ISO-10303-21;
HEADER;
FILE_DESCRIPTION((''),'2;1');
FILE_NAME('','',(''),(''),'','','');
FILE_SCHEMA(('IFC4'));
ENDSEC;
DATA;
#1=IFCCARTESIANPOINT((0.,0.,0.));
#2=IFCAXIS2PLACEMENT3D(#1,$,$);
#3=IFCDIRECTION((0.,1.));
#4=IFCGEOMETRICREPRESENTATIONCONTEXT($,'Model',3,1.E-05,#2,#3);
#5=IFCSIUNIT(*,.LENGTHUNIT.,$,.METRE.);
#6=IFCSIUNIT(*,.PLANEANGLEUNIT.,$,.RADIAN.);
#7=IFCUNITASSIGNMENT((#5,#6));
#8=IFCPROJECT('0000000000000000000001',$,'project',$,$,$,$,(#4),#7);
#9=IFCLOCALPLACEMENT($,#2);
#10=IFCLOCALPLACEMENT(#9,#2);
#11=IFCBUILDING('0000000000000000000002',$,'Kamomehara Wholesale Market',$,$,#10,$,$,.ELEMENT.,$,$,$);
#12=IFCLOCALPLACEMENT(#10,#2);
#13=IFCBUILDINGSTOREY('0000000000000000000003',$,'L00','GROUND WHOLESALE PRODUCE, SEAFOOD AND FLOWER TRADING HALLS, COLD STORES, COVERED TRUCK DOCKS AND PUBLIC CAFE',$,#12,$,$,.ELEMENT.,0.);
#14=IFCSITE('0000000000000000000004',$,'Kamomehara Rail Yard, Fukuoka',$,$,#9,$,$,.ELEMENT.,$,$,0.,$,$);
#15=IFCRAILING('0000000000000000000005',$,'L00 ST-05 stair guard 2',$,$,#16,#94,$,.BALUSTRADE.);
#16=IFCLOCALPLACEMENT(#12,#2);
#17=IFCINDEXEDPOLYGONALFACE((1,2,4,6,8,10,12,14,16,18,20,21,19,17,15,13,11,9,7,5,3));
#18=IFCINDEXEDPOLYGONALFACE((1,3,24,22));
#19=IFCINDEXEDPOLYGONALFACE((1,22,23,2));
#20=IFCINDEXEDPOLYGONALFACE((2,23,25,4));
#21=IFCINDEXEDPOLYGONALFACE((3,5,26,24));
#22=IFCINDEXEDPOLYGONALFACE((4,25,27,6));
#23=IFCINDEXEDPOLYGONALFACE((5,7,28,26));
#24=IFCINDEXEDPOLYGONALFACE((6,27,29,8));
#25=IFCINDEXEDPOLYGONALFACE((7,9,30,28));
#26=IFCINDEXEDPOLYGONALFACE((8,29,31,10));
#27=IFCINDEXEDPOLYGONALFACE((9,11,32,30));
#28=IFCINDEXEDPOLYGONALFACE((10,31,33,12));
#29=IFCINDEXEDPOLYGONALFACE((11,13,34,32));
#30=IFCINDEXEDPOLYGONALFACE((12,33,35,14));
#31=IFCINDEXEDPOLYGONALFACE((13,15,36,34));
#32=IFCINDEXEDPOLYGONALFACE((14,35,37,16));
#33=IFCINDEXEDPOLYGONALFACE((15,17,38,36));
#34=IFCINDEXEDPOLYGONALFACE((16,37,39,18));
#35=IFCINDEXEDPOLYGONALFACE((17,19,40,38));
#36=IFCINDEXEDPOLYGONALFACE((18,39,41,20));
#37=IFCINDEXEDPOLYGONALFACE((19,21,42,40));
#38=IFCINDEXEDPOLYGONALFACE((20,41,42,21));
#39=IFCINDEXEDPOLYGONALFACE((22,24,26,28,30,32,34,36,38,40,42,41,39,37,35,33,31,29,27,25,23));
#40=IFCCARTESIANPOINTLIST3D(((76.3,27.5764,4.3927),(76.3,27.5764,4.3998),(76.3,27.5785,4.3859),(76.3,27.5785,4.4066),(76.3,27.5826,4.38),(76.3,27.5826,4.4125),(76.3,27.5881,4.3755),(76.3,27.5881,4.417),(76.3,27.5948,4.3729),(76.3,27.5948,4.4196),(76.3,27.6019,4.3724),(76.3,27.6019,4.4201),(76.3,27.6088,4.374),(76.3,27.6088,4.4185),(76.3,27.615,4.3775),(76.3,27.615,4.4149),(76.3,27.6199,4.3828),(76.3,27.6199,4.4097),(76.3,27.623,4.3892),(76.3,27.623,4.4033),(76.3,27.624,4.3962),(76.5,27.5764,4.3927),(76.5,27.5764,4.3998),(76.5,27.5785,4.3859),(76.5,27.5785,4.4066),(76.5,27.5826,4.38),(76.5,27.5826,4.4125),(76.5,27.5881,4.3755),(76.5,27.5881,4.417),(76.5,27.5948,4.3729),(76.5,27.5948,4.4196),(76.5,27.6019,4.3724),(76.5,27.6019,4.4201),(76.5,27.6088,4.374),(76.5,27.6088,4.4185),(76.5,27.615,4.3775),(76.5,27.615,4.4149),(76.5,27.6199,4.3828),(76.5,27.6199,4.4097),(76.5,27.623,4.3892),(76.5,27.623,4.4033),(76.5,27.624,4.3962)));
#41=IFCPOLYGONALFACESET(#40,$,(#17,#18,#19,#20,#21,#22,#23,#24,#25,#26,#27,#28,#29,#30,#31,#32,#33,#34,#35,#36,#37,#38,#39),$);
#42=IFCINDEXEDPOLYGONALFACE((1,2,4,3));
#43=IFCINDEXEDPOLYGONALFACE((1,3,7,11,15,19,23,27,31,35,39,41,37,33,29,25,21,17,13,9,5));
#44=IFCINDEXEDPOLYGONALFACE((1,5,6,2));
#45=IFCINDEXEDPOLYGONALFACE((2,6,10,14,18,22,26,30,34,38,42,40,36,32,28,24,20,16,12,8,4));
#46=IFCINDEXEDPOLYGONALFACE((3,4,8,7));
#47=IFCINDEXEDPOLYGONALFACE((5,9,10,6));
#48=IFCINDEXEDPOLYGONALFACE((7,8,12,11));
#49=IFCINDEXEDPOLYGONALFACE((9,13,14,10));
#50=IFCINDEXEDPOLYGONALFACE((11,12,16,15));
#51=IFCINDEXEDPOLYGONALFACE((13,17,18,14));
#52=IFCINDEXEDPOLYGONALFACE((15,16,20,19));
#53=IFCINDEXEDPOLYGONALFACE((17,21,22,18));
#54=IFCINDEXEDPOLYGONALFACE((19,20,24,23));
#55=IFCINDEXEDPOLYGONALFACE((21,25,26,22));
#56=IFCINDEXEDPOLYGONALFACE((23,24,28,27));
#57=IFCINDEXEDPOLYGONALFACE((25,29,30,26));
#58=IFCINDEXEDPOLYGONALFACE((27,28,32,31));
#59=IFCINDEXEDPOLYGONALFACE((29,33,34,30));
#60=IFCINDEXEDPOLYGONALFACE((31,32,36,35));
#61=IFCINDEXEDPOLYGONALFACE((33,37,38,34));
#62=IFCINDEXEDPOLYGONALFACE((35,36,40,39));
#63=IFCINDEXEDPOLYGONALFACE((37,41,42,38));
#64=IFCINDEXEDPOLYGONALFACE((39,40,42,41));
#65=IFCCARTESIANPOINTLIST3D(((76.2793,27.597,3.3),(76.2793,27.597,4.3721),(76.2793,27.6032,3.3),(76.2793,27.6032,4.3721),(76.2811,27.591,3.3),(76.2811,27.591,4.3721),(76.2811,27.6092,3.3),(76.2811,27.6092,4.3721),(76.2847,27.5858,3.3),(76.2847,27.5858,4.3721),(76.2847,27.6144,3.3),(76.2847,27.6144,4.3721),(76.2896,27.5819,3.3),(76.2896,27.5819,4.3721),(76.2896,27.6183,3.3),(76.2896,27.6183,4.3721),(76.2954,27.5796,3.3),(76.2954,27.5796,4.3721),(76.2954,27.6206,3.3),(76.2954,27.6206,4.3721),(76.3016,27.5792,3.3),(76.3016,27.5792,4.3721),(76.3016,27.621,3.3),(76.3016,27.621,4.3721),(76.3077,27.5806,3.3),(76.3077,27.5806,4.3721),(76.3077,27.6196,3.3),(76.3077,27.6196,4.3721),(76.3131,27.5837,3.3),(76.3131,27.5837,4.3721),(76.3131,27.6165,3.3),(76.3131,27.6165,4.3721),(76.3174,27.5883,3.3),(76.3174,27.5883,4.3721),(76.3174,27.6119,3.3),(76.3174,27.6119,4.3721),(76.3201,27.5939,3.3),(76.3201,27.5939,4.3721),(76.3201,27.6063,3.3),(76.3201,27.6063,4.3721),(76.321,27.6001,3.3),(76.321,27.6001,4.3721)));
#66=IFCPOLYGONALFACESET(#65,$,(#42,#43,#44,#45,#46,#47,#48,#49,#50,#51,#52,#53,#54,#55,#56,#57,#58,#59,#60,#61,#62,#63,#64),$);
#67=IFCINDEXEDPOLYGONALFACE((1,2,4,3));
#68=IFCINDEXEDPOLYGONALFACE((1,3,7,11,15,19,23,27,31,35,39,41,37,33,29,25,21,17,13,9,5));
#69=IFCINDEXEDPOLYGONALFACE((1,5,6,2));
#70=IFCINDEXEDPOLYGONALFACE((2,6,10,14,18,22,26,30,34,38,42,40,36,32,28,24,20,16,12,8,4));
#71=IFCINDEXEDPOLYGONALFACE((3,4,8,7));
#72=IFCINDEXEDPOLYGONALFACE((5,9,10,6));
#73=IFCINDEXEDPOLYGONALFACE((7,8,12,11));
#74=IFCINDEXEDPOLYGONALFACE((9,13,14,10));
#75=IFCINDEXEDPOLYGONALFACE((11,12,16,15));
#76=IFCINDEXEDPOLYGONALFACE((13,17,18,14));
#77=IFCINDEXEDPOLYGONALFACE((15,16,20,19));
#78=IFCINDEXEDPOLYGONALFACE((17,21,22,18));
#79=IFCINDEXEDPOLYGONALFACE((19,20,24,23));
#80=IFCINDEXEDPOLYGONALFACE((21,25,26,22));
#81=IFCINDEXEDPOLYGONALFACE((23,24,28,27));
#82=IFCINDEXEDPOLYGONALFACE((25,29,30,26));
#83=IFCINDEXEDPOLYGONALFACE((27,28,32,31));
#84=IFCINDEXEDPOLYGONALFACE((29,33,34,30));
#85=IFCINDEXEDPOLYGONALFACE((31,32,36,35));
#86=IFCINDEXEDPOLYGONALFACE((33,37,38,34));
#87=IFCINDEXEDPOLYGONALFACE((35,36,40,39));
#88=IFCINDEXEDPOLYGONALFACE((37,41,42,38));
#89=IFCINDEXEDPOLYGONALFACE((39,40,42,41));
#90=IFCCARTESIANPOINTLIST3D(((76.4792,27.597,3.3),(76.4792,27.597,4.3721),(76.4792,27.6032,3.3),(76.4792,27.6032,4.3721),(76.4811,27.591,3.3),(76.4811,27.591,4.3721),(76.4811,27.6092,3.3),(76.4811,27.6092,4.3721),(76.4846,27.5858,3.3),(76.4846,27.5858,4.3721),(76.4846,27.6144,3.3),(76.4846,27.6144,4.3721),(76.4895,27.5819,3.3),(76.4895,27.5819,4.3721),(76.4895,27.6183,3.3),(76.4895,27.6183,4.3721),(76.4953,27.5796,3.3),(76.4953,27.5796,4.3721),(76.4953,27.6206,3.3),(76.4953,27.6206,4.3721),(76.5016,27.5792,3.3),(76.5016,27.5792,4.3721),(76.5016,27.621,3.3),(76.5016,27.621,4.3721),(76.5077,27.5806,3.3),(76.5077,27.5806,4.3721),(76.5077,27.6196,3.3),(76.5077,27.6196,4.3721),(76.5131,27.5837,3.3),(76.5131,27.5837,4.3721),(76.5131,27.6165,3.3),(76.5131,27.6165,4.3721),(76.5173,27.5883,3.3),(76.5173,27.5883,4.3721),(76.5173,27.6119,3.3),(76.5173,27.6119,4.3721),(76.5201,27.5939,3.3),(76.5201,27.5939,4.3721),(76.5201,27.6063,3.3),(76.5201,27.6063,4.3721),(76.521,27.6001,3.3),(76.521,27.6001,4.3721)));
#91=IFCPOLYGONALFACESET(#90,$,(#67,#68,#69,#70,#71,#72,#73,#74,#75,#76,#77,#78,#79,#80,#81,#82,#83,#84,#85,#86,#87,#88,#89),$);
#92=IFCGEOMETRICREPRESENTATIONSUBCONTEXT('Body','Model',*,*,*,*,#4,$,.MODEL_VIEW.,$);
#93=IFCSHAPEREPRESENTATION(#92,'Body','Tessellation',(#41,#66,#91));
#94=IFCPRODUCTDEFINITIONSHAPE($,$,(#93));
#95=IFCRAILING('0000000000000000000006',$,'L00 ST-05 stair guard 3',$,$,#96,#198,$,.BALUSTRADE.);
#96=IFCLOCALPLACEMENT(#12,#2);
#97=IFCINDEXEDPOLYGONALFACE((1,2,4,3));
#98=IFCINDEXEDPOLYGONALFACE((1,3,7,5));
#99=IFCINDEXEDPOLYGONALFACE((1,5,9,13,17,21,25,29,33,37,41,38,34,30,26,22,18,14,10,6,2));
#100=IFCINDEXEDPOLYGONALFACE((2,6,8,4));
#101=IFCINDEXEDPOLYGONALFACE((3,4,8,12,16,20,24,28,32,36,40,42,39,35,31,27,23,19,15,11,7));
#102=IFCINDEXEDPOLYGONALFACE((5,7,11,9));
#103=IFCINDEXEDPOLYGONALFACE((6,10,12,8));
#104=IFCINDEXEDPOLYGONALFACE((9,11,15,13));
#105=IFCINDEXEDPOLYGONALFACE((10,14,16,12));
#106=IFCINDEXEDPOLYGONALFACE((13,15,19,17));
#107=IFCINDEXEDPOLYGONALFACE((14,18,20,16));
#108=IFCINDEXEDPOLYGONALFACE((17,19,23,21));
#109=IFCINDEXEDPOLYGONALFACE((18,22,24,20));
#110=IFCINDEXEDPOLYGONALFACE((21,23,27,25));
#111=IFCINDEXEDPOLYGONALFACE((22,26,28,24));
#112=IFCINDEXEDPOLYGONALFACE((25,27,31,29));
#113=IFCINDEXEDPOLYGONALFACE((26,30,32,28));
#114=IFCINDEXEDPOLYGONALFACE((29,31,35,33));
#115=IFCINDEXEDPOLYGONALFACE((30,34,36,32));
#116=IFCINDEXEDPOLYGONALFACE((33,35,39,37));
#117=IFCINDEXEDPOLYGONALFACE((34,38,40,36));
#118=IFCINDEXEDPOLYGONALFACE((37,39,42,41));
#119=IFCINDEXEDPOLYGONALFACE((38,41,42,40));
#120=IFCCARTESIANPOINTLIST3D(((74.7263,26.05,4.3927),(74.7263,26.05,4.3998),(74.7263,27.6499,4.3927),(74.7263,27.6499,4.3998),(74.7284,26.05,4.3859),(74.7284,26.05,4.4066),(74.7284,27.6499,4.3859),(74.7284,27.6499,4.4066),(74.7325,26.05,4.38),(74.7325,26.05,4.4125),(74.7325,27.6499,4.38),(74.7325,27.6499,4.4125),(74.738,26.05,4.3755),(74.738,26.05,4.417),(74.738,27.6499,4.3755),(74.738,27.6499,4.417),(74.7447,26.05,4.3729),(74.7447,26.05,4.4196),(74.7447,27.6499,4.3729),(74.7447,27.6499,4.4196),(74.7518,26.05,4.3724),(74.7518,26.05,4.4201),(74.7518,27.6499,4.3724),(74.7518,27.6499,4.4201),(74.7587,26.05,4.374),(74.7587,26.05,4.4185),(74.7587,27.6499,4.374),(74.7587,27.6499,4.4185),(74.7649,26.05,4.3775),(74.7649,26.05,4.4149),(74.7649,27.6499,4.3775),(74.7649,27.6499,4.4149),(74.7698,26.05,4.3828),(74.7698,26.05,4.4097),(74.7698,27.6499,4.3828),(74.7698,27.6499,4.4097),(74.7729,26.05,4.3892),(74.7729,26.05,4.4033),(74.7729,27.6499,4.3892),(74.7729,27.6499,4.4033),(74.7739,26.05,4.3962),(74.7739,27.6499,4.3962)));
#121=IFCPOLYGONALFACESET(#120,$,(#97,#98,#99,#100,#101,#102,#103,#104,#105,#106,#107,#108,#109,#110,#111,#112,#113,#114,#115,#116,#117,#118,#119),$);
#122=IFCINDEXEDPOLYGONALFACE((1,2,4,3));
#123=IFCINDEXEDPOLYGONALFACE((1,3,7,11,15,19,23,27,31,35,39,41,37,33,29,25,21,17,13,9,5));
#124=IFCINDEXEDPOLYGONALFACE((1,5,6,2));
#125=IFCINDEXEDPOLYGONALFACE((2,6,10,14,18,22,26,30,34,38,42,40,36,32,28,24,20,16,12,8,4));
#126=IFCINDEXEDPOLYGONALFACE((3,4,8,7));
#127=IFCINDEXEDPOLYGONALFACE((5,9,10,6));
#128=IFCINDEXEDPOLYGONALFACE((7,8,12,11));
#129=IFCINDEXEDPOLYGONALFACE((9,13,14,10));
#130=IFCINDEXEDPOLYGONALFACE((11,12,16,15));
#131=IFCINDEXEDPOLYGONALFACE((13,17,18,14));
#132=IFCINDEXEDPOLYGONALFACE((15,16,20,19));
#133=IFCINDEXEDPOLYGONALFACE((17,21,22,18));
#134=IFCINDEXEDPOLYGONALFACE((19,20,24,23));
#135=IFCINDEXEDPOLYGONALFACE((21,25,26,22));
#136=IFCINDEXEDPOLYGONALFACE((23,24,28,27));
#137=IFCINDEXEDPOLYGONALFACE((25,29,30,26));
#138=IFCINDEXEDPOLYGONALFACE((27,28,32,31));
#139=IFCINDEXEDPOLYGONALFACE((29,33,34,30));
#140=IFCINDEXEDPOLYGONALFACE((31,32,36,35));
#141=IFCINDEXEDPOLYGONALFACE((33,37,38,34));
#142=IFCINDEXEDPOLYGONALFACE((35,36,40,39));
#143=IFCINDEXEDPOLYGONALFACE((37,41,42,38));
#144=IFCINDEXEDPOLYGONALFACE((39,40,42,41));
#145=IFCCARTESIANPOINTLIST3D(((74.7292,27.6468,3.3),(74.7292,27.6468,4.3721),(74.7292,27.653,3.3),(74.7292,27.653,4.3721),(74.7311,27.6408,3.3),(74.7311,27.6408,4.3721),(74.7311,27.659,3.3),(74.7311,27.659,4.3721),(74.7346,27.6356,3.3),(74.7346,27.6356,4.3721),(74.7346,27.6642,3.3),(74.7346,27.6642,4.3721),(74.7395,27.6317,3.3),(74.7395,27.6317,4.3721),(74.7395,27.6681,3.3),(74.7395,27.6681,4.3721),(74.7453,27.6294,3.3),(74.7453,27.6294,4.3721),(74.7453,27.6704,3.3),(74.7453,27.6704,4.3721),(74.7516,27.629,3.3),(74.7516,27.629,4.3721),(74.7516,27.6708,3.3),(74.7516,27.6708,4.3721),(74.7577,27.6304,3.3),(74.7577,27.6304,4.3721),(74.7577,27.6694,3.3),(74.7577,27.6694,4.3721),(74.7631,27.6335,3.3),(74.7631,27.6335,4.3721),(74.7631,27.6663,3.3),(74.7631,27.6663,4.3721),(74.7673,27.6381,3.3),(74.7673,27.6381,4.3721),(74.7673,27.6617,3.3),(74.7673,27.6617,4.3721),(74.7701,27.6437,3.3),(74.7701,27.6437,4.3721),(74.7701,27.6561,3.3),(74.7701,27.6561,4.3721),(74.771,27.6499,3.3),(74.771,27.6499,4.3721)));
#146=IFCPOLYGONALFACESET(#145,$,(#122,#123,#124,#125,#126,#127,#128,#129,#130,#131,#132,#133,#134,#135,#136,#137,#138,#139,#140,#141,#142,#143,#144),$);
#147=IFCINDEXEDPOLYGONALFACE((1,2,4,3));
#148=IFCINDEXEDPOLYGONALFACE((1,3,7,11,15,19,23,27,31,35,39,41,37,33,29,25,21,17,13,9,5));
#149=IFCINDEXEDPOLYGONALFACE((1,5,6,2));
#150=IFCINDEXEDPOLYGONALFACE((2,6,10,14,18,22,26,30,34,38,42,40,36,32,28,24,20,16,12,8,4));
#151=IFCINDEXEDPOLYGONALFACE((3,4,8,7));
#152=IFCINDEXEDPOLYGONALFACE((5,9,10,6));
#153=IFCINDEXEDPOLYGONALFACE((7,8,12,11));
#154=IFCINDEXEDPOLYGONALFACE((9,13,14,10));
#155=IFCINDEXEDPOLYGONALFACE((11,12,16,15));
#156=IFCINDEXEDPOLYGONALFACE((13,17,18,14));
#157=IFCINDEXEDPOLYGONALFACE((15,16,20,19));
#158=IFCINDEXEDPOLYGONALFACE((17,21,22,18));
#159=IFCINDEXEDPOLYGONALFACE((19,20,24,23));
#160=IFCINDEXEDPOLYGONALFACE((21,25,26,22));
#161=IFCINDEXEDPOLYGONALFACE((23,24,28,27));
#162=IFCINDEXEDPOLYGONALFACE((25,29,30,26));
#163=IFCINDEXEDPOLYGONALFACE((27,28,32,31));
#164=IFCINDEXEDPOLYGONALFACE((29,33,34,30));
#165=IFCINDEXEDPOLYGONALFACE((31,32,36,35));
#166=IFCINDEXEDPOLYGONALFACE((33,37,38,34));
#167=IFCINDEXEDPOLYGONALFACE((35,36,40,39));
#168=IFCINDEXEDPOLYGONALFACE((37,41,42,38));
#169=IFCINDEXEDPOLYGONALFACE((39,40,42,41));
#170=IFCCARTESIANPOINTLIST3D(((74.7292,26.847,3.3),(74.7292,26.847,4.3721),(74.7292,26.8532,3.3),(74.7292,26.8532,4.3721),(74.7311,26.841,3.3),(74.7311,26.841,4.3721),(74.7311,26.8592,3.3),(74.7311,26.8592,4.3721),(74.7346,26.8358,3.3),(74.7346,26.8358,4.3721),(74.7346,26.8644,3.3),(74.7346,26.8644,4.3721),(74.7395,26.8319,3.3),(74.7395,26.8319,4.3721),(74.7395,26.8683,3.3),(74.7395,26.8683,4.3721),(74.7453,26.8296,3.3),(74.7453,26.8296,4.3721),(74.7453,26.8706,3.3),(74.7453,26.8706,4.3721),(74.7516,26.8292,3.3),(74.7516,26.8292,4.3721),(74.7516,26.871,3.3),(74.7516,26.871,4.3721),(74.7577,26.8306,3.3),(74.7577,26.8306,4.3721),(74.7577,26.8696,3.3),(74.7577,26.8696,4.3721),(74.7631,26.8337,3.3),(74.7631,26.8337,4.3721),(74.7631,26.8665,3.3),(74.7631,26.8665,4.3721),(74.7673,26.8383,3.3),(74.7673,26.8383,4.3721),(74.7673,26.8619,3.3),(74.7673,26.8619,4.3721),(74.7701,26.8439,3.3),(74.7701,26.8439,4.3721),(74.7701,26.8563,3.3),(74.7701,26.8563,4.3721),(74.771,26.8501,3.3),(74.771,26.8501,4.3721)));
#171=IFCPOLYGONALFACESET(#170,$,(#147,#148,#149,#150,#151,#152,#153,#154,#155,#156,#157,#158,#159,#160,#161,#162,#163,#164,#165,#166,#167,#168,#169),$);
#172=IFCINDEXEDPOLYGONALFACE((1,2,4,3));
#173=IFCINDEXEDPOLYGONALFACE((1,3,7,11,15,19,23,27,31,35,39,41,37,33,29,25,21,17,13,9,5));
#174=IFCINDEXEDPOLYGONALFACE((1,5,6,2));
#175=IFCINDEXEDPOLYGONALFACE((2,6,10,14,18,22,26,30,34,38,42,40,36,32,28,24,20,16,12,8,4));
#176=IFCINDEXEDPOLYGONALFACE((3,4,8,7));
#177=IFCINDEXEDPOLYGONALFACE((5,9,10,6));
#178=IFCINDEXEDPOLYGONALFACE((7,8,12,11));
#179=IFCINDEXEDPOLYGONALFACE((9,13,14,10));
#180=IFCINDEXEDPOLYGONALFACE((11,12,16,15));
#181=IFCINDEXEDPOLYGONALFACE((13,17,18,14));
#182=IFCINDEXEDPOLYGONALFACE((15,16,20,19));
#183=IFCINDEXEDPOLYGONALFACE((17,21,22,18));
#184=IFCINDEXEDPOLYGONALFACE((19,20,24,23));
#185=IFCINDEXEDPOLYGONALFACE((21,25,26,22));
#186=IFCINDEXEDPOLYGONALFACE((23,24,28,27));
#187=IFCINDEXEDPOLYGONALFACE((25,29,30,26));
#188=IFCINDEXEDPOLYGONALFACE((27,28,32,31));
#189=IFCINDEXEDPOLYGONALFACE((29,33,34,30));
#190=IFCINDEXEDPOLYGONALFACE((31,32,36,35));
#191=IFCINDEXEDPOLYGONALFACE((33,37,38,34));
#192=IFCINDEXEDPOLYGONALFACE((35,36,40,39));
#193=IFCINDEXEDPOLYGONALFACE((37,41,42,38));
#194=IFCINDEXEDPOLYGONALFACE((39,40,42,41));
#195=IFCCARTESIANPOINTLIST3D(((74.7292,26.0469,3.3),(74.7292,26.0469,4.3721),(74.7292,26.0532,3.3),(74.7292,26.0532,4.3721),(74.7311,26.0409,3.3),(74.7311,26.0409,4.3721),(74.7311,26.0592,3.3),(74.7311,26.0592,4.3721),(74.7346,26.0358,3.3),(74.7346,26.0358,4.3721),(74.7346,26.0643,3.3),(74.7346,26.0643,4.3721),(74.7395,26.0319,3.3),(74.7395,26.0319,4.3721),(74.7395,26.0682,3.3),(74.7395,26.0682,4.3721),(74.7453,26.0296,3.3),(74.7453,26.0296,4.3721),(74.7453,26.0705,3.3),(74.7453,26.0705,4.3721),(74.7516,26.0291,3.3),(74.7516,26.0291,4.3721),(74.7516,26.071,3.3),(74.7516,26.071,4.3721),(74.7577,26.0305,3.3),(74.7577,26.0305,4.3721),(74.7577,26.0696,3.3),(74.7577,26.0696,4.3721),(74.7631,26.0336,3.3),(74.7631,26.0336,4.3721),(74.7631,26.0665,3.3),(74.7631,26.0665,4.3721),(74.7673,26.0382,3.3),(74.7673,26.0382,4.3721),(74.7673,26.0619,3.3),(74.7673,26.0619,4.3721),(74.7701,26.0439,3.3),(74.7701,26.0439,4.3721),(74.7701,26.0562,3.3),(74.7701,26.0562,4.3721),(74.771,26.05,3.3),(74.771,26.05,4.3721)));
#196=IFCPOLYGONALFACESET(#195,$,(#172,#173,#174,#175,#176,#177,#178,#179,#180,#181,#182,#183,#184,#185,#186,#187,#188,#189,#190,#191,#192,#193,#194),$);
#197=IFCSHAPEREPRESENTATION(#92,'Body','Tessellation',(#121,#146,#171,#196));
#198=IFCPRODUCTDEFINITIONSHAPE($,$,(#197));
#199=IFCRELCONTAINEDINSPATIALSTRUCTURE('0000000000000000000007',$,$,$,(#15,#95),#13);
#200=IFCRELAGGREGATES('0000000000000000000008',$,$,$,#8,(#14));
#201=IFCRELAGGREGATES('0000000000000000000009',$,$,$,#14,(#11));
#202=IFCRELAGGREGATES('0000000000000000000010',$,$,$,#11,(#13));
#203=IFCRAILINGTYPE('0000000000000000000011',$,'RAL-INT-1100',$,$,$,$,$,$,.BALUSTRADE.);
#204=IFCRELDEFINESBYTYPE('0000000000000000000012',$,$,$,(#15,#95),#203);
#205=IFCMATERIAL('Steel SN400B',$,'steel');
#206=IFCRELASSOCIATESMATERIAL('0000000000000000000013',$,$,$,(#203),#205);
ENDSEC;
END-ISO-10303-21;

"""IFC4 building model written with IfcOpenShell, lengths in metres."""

from ifc_helpers import new_model, si_unit, direction, frame, origin, origin_2d, place, context, subcontext, project, spatial, circle, extrude, material, type_object, element, save


model = new_model("IFC4")

# Units and contexts
model_context = context("Model", 3, precision=1e-05, world=origin(), true_north=direction((0.0, 1.0)))
body_context = subcontext(model_context, "Body", "Model", "MODEL_VIEW")
ifc_project = project(units=[si_unit("LENGTHUNIT", "METRE"), si_unit("PLANEANGLEUNIT", "RADIAN")], contexts=[model_context])

# Site, building, storey
site_placement = place(None, origin())
site = spatial("IfcSite", under=ifc_project, at=site_placement, Name="Kamomehara Rail Yard, Fukuoka", CompositionType="ELEMENT", RefElevation=0.0)
building_placement = place(site_placement, origin())
building = spatial("IfcBuilding", under=site, at=building_placement, Name="Kamomehara Wholesale Market", CompositionType="ELEMENT")
storey_placement = place(building_placement, origin())
storey = spatial("IfcBuildingStorey", under=building, at=storey_placement, Name="L00", Description="GROUND WHOLESALE PRODUCE, SEAFOOD AND FLOWER TRADING HALLS, COLD STORES, COVERED TRUCK DOCKS AND PUBLIC CAFE", CompositionType="ELEMENT", Elevation=0.0)

# Railings
ifc_material_1 = material(Name="Steel SN400B", Category="steel")
railing_type_1 = type_object("IfcRailingType", Name="RAL-INT-1100", PredefinedType="BALUSTRADE", material=ifc_material_1)
railing_1_placement = place(storey_placement, frame((76.3, 27.6001, 3.3)))
element("IfcRailing", 1, at=railing_1_placement, inside=storey, type_object=railing_type_1, Name="L00 ST-05 stair guard 2", PredefinedType="BALUSTRADE", context=body_context, shape_type="SweptSolid", body=[
    extrude(circle(Radius=0.0239, at=origin_2d()), frame((0.0, 0.0, 1.0962), z_axis=(1.0, 0.0, 0.0), x_axis=(0.0, 1.0, 0.0)), (0.0, 0.0, 1.0), 0.2),
    extrude(circle(Radius=0.021, at=origin_2d()), origin(), (0.0, 0.0, 1.0), 1.072),
    extrude(circle(Radius=0.021, at=origin_2d()), frame((0.2, 0.0, 0.0)), (0.0, 0.0, 1.0), 1.072),
])
for number, where, name in (
    (2, (74.75, 27.6499, 3.3), "L00 ST-05 stair guard 3"),
):
    element("IfcRailing", number, at=place(storey_placement, frame(where)), inside=storey, type_object=railing_type_1, Name=name, PredefinedType="BALUSTRADE", context=body_context, shape_type="SweptSolid", body=[
        extrude(circle(Radius=0.0239, at=origin_2d()), frame((0.0, 0.0, 1.0962), z_axis=(0.0, -1.0, 0.0), x_axis=(1.0, 0.0, 0.0)), (0.0, 0.0, 1.0), 1.5999),
        extrude(circle(Radius=0.021, at=origin_2d()), origin(), (0.0, 0.0, 1.0), 1.072),
        extrude(circle(Radius=0.021, at=origin_2d()), frame((0.0, -0.7998, 0.0)), (0.0, 0.0, 1.0), 1.072),
        extrude(circle(Radius=0.021, at=origin_2d()), frame((0.0, -1.5999, 0.0)), (0.0, 0.0, 1.0), 1.072),
    ])

save(model, "model.ifc")
